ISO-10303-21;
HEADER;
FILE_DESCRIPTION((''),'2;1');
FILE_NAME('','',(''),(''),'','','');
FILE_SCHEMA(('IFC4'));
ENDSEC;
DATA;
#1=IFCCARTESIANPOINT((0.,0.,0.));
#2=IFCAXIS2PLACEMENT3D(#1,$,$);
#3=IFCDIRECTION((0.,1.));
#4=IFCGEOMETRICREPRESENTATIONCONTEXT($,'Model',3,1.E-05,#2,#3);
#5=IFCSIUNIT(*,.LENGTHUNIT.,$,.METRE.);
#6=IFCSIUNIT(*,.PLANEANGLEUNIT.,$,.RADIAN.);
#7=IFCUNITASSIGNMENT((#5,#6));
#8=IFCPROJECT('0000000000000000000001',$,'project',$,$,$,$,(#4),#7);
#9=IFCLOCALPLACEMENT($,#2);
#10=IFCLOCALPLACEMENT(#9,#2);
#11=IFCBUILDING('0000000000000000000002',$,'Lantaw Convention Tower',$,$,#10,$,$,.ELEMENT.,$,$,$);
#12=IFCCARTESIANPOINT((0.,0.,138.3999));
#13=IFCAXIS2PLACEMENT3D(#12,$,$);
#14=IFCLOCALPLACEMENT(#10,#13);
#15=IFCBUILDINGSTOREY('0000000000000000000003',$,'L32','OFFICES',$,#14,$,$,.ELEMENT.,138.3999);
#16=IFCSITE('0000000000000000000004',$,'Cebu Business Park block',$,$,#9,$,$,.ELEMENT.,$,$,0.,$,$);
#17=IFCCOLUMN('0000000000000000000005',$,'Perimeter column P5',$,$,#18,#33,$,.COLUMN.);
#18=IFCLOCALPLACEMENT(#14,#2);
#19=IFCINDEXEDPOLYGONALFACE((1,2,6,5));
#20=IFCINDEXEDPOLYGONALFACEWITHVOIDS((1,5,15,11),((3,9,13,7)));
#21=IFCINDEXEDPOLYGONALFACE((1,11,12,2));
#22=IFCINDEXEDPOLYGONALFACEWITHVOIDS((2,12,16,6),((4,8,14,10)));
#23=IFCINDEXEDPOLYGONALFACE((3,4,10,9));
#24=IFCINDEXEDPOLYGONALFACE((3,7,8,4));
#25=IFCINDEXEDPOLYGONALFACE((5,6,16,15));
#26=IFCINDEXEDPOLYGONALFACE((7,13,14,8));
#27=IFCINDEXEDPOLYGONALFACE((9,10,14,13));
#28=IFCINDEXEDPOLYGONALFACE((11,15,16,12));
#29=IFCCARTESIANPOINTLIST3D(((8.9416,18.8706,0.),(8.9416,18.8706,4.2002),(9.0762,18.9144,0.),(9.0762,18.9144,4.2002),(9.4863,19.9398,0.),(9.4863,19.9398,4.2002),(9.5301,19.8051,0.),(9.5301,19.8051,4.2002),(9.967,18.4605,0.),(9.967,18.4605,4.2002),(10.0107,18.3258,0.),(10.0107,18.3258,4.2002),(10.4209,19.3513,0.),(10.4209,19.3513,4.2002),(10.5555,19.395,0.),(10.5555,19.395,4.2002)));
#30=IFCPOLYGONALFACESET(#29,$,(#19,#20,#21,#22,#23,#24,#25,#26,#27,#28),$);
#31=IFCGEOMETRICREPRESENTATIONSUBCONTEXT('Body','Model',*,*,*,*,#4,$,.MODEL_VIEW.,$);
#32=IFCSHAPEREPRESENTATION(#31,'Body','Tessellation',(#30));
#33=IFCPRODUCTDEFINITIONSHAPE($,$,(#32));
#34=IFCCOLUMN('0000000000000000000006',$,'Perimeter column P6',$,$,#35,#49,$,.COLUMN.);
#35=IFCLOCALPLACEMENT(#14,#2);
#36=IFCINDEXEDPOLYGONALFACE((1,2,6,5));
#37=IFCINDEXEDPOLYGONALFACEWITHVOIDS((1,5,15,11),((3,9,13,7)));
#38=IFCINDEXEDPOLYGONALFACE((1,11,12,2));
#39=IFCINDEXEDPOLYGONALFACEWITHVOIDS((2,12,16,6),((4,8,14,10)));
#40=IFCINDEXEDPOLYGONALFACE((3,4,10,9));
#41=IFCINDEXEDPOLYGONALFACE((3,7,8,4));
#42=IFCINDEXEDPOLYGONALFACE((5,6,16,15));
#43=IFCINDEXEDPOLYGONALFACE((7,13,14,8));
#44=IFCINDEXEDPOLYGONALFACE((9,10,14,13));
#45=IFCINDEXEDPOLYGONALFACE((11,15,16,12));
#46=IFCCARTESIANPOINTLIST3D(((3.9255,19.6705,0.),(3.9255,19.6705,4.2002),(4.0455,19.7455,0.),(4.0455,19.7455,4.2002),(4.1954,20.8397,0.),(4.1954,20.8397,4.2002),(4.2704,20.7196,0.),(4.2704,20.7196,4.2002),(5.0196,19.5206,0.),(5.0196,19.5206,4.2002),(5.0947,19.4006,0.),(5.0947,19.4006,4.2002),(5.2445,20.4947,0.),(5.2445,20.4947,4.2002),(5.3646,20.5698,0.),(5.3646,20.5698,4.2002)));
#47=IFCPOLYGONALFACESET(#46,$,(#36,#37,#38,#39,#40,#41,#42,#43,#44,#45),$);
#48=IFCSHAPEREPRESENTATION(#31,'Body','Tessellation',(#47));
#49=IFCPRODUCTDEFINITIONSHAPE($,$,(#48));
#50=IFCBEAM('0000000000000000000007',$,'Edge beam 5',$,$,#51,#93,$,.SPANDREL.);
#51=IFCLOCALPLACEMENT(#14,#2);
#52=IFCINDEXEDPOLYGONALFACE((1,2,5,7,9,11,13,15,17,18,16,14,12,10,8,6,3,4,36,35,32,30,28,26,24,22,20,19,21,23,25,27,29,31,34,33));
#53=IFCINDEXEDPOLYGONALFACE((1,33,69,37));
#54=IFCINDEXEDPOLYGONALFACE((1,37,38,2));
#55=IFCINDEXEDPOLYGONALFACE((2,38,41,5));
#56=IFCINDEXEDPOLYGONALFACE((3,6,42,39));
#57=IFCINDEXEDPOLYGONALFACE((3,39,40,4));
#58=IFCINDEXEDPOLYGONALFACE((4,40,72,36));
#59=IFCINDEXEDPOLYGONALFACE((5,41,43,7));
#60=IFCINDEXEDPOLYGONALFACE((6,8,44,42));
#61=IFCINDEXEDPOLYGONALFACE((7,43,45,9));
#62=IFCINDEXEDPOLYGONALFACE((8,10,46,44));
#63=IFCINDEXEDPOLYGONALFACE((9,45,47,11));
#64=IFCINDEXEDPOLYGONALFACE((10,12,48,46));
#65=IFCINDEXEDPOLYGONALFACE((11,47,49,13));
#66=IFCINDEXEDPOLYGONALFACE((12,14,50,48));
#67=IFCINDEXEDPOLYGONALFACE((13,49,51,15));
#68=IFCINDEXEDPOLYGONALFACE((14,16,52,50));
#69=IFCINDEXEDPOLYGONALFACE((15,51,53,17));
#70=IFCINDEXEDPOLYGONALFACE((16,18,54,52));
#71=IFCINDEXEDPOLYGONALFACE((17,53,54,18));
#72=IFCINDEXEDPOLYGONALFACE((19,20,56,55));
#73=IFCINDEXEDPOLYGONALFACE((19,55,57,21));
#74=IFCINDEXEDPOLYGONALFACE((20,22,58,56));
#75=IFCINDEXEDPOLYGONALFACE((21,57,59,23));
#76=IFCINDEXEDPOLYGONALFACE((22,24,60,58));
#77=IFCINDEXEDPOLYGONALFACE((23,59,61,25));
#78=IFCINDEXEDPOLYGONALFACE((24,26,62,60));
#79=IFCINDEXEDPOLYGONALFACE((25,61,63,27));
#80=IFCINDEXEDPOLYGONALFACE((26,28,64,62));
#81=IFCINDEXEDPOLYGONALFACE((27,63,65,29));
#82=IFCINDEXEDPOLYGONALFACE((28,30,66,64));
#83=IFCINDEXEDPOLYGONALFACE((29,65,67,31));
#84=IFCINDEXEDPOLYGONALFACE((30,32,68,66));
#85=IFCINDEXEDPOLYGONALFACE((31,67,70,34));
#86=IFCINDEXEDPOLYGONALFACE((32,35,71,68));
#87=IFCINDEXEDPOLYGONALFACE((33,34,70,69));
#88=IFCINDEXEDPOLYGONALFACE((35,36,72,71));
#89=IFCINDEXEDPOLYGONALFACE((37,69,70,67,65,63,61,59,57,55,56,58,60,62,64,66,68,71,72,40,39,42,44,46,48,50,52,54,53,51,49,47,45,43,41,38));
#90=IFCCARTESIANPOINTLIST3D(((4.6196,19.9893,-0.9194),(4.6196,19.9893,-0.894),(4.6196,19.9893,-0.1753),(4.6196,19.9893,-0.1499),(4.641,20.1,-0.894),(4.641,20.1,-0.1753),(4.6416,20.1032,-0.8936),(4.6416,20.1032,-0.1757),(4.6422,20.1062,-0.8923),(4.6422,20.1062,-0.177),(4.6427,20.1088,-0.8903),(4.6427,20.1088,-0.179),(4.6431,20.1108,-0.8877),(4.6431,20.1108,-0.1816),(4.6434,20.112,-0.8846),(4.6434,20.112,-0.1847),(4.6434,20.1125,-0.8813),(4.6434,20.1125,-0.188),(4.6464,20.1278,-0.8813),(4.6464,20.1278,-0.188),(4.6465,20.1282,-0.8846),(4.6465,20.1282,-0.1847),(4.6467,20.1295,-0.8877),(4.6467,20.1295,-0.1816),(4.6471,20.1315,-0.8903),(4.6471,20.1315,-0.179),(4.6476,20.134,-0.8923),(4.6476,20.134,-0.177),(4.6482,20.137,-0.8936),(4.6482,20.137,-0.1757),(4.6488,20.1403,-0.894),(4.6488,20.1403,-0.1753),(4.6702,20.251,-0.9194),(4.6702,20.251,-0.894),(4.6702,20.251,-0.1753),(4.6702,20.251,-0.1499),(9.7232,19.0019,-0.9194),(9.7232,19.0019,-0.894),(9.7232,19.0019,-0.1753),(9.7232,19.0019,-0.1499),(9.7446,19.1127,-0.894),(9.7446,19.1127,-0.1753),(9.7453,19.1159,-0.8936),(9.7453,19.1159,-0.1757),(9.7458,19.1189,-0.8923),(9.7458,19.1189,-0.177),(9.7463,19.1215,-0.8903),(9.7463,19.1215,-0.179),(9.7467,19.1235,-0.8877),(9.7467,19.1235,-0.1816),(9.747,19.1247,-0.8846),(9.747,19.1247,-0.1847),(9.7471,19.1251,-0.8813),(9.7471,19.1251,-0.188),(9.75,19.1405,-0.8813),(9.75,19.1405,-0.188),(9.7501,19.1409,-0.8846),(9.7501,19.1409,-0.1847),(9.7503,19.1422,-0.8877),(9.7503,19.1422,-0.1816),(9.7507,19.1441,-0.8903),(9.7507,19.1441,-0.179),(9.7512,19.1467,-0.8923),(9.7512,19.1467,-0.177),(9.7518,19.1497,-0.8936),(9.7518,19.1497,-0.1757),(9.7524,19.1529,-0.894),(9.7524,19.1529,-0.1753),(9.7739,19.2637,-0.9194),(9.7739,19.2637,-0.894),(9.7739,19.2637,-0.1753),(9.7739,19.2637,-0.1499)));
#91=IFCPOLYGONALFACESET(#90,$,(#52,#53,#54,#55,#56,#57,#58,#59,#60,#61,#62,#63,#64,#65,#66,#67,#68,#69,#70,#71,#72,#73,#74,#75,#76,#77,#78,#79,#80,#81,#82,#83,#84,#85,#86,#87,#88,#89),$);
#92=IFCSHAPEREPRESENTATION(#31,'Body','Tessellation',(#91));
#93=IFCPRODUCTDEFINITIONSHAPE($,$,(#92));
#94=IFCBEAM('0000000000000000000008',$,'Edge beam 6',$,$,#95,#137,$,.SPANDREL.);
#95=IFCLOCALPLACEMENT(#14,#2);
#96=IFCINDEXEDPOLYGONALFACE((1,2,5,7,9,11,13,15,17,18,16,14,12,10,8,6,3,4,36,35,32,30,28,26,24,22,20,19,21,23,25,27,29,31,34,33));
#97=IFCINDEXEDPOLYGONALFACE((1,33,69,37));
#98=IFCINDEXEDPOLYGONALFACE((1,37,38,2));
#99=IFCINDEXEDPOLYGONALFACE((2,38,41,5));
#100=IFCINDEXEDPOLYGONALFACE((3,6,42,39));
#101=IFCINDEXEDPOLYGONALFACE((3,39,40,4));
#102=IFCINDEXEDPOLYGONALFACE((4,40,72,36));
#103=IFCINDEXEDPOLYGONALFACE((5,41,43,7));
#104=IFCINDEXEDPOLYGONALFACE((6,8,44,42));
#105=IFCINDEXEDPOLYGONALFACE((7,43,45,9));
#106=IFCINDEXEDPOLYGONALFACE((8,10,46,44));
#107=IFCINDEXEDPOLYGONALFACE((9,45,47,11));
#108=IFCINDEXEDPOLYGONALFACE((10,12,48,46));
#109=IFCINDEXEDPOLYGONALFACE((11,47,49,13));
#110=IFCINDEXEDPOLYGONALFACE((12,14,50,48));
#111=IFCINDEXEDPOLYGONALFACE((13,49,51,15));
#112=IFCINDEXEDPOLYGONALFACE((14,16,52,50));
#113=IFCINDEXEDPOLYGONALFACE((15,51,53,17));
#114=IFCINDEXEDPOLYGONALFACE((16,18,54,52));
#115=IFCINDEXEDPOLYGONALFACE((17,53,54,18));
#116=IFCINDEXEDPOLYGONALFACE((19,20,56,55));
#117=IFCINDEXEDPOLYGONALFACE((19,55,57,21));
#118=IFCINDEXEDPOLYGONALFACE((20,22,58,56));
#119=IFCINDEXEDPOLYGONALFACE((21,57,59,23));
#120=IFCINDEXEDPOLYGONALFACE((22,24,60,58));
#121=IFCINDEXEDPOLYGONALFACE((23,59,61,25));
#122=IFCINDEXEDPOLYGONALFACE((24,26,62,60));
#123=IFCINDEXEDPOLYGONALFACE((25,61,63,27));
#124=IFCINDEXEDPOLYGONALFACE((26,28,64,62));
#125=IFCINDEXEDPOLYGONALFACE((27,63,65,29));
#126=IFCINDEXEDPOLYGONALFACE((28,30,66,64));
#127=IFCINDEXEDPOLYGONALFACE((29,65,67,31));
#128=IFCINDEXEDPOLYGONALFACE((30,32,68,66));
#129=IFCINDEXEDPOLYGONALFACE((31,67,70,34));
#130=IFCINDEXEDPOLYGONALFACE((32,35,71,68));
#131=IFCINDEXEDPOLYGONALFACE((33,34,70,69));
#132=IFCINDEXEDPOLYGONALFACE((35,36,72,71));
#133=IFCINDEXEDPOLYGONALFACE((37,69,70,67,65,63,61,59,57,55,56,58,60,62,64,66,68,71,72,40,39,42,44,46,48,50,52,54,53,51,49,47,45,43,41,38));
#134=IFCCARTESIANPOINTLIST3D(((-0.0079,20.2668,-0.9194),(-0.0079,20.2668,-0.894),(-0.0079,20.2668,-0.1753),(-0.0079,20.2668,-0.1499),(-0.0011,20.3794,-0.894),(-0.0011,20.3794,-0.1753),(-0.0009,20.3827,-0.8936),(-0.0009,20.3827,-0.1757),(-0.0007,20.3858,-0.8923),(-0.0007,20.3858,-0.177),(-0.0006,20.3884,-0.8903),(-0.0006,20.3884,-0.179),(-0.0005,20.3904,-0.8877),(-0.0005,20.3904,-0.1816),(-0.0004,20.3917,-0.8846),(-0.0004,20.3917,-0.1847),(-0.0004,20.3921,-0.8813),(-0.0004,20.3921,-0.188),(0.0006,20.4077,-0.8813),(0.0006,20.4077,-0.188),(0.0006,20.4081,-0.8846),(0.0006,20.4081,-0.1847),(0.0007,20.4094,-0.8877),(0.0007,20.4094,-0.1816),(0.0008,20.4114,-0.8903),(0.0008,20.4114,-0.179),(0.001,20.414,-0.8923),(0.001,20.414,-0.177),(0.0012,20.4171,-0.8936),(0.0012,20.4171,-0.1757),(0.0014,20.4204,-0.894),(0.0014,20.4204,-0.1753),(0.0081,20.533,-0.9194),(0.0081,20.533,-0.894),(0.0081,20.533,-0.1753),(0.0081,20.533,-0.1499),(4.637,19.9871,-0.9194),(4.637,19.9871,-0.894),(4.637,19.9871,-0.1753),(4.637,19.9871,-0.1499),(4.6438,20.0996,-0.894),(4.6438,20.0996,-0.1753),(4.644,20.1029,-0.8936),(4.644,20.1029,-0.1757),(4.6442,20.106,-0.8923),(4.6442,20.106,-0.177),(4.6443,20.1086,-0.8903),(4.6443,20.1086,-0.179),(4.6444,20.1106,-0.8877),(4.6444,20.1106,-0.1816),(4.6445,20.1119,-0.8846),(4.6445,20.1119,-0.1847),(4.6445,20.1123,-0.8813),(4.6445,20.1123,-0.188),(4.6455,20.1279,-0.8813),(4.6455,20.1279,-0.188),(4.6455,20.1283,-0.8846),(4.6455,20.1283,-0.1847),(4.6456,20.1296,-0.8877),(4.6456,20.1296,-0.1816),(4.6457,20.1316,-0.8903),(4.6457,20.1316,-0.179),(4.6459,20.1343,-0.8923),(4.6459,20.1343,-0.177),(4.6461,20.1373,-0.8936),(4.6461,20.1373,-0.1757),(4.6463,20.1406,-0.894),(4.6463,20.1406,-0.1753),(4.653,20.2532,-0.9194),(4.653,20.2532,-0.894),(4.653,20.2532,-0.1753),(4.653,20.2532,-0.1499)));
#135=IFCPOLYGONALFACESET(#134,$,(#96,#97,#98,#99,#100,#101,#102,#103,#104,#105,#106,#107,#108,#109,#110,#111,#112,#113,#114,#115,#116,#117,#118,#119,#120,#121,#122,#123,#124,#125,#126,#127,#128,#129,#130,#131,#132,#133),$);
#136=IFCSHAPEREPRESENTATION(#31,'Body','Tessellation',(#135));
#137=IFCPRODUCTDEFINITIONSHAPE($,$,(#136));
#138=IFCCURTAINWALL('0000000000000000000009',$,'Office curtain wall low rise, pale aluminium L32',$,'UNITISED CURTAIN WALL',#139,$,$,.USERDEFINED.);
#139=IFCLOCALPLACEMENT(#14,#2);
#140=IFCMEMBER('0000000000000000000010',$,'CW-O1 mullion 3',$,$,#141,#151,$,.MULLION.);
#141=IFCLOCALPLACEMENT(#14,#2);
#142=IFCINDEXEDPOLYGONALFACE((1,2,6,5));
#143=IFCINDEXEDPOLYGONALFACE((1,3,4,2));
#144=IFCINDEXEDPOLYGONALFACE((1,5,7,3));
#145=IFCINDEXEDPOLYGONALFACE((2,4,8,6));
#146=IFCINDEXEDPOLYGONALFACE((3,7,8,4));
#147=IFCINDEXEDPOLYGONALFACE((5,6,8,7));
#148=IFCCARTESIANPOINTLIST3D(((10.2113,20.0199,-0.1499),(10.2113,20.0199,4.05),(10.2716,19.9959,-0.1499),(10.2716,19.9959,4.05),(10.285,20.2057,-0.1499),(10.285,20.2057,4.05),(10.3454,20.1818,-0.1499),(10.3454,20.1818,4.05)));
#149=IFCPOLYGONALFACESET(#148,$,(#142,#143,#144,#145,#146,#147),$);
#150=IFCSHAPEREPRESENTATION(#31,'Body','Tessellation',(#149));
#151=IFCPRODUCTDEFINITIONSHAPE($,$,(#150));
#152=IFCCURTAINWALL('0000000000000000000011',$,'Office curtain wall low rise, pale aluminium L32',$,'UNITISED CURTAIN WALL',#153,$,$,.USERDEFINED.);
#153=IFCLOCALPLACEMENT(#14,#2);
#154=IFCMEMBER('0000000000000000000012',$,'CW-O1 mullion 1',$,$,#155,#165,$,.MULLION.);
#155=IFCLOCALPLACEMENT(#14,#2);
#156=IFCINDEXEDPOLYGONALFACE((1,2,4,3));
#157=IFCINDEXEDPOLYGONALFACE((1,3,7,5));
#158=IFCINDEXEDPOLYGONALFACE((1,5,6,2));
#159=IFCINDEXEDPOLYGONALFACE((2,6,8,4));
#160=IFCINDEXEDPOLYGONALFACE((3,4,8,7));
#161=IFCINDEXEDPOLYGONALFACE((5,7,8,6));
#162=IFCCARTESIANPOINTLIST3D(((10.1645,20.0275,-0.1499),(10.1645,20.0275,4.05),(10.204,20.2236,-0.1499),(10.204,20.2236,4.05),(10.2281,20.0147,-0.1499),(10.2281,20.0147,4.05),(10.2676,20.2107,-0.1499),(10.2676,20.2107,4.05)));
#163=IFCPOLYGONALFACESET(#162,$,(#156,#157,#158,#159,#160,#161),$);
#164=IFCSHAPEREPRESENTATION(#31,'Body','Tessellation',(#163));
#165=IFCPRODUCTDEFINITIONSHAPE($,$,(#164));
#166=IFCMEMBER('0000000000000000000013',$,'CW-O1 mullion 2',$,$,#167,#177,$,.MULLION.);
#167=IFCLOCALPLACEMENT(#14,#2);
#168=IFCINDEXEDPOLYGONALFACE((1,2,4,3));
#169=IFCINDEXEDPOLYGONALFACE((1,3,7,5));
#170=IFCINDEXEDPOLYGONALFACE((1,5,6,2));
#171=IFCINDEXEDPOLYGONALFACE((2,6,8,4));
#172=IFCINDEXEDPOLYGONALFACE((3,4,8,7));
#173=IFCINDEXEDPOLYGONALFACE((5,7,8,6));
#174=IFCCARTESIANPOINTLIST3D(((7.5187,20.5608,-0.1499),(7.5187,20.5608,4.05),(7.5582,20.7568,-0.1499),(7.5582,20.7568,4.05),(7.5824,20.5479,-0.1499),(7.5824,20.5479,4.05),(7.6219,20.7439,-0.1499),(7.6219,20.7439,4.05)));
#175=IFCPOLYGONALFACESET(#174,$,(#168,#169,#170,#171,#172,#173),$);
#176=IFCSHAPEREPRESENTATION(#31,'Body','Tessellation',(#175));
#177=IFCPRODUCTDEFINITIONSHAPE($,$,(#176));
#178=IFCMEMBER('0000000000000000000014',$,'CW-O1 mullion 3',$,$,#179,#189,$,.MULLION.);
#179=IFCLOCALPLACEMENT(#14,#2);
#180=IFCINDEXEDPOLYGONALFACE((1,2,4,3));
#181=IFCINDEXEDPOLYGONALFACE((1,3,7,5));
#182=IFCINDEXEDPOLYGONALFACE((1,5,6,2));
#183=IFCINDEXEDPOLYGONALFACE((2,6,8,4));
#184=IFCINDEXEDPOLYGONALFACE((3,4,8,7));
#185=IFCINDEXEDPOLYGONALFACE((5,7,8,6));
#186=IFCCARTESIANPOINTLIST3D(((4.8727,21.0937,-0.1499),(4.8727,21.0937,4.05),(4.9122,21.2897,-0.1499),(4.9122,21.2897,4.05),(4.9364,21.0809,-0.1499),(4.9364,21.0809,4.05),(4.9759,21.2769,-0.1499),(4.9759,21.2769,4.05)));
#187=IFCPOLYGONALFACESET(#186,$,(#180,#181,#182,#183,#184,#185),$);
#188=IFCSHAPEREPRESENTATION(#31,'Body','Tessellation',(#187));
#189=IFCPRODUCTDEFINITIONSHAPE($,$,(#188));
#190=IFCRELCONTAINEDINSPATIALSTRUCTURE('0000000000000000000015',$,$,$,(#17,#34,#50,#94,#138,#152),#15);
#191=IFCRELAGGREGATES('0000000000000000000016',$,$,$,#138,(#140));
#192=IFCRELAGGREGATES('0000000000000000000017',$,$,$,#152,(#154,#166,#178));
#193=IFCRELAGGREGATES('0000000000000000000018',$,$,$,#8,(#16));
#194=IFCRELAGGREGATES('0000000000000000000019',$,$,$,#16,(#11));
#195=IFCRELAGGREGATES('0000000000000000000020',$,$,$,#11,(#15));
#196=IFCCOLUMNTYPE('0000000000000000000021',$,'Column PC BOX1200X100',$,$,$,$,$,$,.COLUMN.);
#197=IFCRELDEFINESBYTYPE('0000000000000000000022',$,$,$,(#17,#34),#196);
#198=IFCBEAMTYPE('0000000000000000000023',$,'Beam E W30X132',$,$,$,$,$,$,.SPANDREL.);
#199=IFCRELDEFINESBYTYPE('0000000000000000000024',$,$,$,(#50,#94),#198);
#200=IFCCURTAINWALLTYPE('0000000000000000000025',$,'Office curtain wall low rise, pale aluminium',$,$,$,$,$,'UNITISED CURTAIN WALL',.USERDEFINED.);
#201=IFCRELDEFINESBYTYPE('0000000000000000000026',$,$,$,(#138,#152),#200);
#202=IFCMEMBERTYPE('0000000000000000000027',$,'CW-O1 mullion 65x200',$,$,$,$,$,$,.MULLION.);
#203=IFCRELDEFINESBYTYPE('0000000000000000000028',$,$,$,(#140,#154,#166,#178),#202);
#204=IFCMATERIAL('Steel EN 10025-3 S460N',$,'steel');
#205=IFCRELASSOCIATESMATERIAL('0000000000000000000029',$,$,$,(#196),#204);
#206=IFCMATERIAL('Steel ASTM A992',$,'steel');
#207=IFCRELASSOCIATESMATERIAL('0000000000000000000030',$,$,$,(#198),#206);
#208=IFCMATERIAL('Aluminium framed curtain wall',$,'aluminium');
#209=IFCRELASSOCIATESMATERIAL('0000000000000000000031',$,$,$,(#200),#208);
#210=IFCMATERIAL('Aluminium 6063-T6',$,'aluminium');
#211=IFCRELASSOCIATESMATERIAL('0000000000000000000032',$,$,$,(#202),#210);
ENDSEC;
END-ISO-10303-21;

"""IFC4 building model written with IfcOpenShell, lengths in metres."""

from ifc_helpers import new_model, si_unit, direction, frame, origin, origin_2d, place, context, subcontext, project, spatial, rectangle, hollow_rectangle, i_section, extrude, material, material_profile, profile_set, type_object, element, aggregate, save


model = new_model("IFC4")

# Units and contexts
model_context = context("Model", 3, precision=1e-05, world=origin(), true_north=direction((0.0, 1.0)))
body_context = subcontext(model_context, "Body", "Model", "MODEL_VIEW")
ifc_project = project(units=[si_unit("LENGTHUNIT", "METRE"), si_unit("PLANEANGLEUNIT", "RADIAN")], contexts=[model_context])

# Site, building, storey
site_placement = place(None, origin())
site = spatial("IfcSite", under=ifc_project, at=site_placement, Name="Cebu Business Park block", CompositionType="ELEMENT", RefElevation=0.0)
building_placement = place(site_placement, origin())
building = spatial("IfcBuilding", under=site, at=building_placement, Name="Lantaw Convention Tower", CompositionType="ELEMENT")
storey_placement = place(building_placement, frame((0.0, 0.0, 138.3999)))
storey = spatial("IfcBuildingStorey", under=building, at=storey_placement, Name="L32", Description="OFFICES", CompositionType="ELEMENT", Elevation=138.3999)

# Columns
ifc_material_1 = material(Name="Steel EN 10025-3 S460N", Category="steel")
ifc_material_profile_1 = material_profile(ifc_material_1, hollow_rectangle(XDim=1.2, YDim=1.2, WallThickness=0.1001, at=origin_2d()), Name="BOX1200X100")
ifc_material_2 = material(Name="Concrete C60/75", Category="concrete")
ifc_material_profile_2 = material_profile(ifc_material_2, rectangle(XDim=1.0, YDim=1.0, at=origin_2d()), Name="Concrete fill of BOX1200X100")
ifc_profile_set_1 = profile_set([ifc_material_profile_1, ifc_material_profile_2], Name="Steel EN 10025-3 S460N")
column_type = type_object("IfcColumnType", Name="Column PC BOX1200X100", PredefinedType="COLUMN", material=ifc_profile_set_1)
for number, where, z_axis, x_axis, name in (
    (1, (9.7485, 19.1328, 0.0), (0.0, 0.0, 1.0), (0.45399, 0.891007, 0.0), "Perimeter column P5"),
    (2, (4.645, 20.1201, 0.0), (0.0, 0.0, 1.0), (0.224951, 0.97437, 0.0), "Perimeter column P6"),
):
    element("IfcColumn", number, at=place(storey_placement, frame(where, z_axis=z_axis, x_axis=x_axis)), inside=storey, type_object=column_type, Name=name, PredefinedType="COLUMN", context=body_context, shape_type="SweptSolid", body=[
        extrude(hollow_rectangle(XDim=1.2, YDim=1.2, WallThickness=0.1001, at=origin_2d()), origin(), (0.0, 0.0, 1.0), 4.2002),
    ])

# Beams
ifc_material_3 = material(Name="Steel ASTM A992", Category="steel")
ifc_material_profile_3 = material_profile(ifc_material_3, i_section(OverallWidth=0.2666, OverallDepth=0.7695, WebThickness=0.0156, FlangeThickness=0.0254, FilletRadius=0.0127, at=origin_2d()), Name="W30X132")
ifc_profile_set_2 = profile_set([ifc_material_profile_3], Name="Steel ASTM A992")
beam_type = type_object("IfcBeamType", Name="Beam E W30X132", PredefinedType="SPANDREL", material=ifc_profile_set_2)
beam_1_placement = place(storey_placement, frame((9.7485, 19.1328, -0.5347), z_axis=(-0.981797, 0.189934, 0.0), x_axis=(-0.189934, -0.981797, 0.0)))
element("IfcBeam", 3, at=beam_1_placement, inside=storey, type_object=beam_type, Name="Edge beam 5", PredefinedType="SPANDREL", context=body_context, shape_type="SweptSolid", body=[
    extrude(i_section(OverallWidth=0.2666, OverallDepth=0.7695, WebThickness=0.0156, FlangeThickness=0.0254, FilletRadius=0.0127, at=origin_2d()), origin(), (0.0, 0.0, 1.0), 5.1982),
])
beam_2_placement = place(storey_placement, frame((4.645, 20.1201, -0.5347), z_axis=(-0.998191, 0.060124, 0.0), x_axis=(-0.060124, -0.998191, 0.0)))
element("IfcBeam", 4, at=beam_2_placement, inside=storey, type_object=beam_type, Name="Edge beam 6", PredefinedType="SPANDREL", context=body_context, shape_type="SweptSolid", body=[
    extrude(i_section(OverallWidth=0.2666, OverallDepth=0.7695, WebThickness=0.0156, FlangeThickness=0.0254, FilletRadius=0.0127, at=origin_2d()), origin(), (0.0, 0.0, 1.0), 4.6533),
])

# Curtain wall, member
ifc_material_4 = material(Name="Aluminium framed curtain wall", Category="aluminium")
curtain_wall_type = type_object("IfcCurtainWallType", Name="Office curtain wall low rise, pale aluminium", ElementType="UNITISED CURTAIN WALL", PredefinedType="USERDEFINED", material=ifc_material_4)
curtain_wall_1_placement = place(storey_placement, origin())
curtain_wall_1 = element("IfcCurtainWall", 5, at=curtain_wall_1_placement, inside=storey, type_object=curtain_wall_type, Name="Office curtain wall low rise, pale aluminium L32", ObjectType="UNITISED CURTAIN WALL", PredefinedType="USERDEFINED")
ifc_material_5 = material(Name="Aluminium 6063-T6", Category="aluminium")
ifc_material_profile_4 = material_profile(ifc_material_5, rectangle(XDim=0.2, YDim=0.0649, at=origin_2d()), Name="CW-O1 mullion 65x200")
ifc_profile_set_3 = profile_set([ifc_material_profile_4], Name="Aluminium 6063-T6")
member_type_1 = type_object("IfcMemberType", Name="CW-O1 mullion 65x200", PredefinedType="MULLION", material=ifc_profile_set_3)
member_1_placement = place(storey_placement, frame((10.2783, 20.1008, -0.1499), z_axis=(0.0, 0.0, 1.0), x_axis=(-0.368702, -0.929548, 0.0)))
member_1 = element("IfcMember", 6, at=member_1_placement, type_object=member_type_1, Name="CW-O1 mullion 3", PredefinedType="MULLION", context=body_context, shape_type="SweptSolid", body=[
    extrude(rectangle(XDim=0.2, YDim=0.0649, at=origin_2d()), origin(), (0.0, 0.0, 1.0), 4.2),
])

# Curtain wall, members
curtain_wall_2_placement = place(storey_placement, origin())
curtain_wall_2 = element("IfcCurtainWall", 7, at=curtain_wall_2_placement, inside=storey, type_object=curtain_wall_type, Name="Office curtain wall low rise, pale aluminium L32", ObjectType="UNITISED CURTAIN WALL", PredefinedType="USERDEFINED")
member_2_placement = place(storey_placement, frame((10.2161, 20.1191, -0.1499), z_axis=(0.0, 0.0, 1.0), x_axis=(-0.197507, -0.980302, 0.0)))
member_2 = element("IfcMember", 8, at=member_2_placement, type_object=member_type_1, Name="CW-O1 mullion 1", PredefinedType="MULLION", context=body_context, shape_type="SweptSolid", body=[
    extrude(rectangle(XDim=0.2, YDim=0.0649, at=origin_2d()), origin(), (0.0, 0.0, 1.0), 4.2),
])
member_3_placement = place(storey_placement, frame((7.5703, 20.6523, -0.1499), z_axis=(0.0, 0.0, 1.0), x_axis=(-0.197507, -0.980302, 0.0)))
member_3 = element("IfcMember", 9, at=member_3_placement, type_object=member_type_1, Name="CW-O1 mullion 2", PredefinedType="MULLION", context=body_context, shape_type="SweptSolid", body=[
    extrude(rectangle(XDim=0.2, YDim=0.0649, at=origin_2d()), origin(), (0.0, 0.0, 1.0), 4.2),
])
member_4_placement = place(storey_placement, frame((4.9243, 21.1853, -0.1499), z_axis=(0.0, 0.0, 1.0), x_axis=(-0.197507, -0.980302, 0.0)))
member_4 = element("IfcMember", 10, at=member_4_placement, type_object=member_type_1, Name="CW-O1 mullion 3", PredefinedType="MULLION", context=body_context, shape_type="SweptSolid", body=[
    extrude(rectangle(XDim=0.2, YDim=0.0649, at=origin_2d()), origin(), (0.0, 0.0, 1.0), 4.2),
])

aggregate(curtain_wall_1, [member_1])
aggregate(curtain_wall_2, [member_2, member_3, member_4])

save(model, "model.ifc")
